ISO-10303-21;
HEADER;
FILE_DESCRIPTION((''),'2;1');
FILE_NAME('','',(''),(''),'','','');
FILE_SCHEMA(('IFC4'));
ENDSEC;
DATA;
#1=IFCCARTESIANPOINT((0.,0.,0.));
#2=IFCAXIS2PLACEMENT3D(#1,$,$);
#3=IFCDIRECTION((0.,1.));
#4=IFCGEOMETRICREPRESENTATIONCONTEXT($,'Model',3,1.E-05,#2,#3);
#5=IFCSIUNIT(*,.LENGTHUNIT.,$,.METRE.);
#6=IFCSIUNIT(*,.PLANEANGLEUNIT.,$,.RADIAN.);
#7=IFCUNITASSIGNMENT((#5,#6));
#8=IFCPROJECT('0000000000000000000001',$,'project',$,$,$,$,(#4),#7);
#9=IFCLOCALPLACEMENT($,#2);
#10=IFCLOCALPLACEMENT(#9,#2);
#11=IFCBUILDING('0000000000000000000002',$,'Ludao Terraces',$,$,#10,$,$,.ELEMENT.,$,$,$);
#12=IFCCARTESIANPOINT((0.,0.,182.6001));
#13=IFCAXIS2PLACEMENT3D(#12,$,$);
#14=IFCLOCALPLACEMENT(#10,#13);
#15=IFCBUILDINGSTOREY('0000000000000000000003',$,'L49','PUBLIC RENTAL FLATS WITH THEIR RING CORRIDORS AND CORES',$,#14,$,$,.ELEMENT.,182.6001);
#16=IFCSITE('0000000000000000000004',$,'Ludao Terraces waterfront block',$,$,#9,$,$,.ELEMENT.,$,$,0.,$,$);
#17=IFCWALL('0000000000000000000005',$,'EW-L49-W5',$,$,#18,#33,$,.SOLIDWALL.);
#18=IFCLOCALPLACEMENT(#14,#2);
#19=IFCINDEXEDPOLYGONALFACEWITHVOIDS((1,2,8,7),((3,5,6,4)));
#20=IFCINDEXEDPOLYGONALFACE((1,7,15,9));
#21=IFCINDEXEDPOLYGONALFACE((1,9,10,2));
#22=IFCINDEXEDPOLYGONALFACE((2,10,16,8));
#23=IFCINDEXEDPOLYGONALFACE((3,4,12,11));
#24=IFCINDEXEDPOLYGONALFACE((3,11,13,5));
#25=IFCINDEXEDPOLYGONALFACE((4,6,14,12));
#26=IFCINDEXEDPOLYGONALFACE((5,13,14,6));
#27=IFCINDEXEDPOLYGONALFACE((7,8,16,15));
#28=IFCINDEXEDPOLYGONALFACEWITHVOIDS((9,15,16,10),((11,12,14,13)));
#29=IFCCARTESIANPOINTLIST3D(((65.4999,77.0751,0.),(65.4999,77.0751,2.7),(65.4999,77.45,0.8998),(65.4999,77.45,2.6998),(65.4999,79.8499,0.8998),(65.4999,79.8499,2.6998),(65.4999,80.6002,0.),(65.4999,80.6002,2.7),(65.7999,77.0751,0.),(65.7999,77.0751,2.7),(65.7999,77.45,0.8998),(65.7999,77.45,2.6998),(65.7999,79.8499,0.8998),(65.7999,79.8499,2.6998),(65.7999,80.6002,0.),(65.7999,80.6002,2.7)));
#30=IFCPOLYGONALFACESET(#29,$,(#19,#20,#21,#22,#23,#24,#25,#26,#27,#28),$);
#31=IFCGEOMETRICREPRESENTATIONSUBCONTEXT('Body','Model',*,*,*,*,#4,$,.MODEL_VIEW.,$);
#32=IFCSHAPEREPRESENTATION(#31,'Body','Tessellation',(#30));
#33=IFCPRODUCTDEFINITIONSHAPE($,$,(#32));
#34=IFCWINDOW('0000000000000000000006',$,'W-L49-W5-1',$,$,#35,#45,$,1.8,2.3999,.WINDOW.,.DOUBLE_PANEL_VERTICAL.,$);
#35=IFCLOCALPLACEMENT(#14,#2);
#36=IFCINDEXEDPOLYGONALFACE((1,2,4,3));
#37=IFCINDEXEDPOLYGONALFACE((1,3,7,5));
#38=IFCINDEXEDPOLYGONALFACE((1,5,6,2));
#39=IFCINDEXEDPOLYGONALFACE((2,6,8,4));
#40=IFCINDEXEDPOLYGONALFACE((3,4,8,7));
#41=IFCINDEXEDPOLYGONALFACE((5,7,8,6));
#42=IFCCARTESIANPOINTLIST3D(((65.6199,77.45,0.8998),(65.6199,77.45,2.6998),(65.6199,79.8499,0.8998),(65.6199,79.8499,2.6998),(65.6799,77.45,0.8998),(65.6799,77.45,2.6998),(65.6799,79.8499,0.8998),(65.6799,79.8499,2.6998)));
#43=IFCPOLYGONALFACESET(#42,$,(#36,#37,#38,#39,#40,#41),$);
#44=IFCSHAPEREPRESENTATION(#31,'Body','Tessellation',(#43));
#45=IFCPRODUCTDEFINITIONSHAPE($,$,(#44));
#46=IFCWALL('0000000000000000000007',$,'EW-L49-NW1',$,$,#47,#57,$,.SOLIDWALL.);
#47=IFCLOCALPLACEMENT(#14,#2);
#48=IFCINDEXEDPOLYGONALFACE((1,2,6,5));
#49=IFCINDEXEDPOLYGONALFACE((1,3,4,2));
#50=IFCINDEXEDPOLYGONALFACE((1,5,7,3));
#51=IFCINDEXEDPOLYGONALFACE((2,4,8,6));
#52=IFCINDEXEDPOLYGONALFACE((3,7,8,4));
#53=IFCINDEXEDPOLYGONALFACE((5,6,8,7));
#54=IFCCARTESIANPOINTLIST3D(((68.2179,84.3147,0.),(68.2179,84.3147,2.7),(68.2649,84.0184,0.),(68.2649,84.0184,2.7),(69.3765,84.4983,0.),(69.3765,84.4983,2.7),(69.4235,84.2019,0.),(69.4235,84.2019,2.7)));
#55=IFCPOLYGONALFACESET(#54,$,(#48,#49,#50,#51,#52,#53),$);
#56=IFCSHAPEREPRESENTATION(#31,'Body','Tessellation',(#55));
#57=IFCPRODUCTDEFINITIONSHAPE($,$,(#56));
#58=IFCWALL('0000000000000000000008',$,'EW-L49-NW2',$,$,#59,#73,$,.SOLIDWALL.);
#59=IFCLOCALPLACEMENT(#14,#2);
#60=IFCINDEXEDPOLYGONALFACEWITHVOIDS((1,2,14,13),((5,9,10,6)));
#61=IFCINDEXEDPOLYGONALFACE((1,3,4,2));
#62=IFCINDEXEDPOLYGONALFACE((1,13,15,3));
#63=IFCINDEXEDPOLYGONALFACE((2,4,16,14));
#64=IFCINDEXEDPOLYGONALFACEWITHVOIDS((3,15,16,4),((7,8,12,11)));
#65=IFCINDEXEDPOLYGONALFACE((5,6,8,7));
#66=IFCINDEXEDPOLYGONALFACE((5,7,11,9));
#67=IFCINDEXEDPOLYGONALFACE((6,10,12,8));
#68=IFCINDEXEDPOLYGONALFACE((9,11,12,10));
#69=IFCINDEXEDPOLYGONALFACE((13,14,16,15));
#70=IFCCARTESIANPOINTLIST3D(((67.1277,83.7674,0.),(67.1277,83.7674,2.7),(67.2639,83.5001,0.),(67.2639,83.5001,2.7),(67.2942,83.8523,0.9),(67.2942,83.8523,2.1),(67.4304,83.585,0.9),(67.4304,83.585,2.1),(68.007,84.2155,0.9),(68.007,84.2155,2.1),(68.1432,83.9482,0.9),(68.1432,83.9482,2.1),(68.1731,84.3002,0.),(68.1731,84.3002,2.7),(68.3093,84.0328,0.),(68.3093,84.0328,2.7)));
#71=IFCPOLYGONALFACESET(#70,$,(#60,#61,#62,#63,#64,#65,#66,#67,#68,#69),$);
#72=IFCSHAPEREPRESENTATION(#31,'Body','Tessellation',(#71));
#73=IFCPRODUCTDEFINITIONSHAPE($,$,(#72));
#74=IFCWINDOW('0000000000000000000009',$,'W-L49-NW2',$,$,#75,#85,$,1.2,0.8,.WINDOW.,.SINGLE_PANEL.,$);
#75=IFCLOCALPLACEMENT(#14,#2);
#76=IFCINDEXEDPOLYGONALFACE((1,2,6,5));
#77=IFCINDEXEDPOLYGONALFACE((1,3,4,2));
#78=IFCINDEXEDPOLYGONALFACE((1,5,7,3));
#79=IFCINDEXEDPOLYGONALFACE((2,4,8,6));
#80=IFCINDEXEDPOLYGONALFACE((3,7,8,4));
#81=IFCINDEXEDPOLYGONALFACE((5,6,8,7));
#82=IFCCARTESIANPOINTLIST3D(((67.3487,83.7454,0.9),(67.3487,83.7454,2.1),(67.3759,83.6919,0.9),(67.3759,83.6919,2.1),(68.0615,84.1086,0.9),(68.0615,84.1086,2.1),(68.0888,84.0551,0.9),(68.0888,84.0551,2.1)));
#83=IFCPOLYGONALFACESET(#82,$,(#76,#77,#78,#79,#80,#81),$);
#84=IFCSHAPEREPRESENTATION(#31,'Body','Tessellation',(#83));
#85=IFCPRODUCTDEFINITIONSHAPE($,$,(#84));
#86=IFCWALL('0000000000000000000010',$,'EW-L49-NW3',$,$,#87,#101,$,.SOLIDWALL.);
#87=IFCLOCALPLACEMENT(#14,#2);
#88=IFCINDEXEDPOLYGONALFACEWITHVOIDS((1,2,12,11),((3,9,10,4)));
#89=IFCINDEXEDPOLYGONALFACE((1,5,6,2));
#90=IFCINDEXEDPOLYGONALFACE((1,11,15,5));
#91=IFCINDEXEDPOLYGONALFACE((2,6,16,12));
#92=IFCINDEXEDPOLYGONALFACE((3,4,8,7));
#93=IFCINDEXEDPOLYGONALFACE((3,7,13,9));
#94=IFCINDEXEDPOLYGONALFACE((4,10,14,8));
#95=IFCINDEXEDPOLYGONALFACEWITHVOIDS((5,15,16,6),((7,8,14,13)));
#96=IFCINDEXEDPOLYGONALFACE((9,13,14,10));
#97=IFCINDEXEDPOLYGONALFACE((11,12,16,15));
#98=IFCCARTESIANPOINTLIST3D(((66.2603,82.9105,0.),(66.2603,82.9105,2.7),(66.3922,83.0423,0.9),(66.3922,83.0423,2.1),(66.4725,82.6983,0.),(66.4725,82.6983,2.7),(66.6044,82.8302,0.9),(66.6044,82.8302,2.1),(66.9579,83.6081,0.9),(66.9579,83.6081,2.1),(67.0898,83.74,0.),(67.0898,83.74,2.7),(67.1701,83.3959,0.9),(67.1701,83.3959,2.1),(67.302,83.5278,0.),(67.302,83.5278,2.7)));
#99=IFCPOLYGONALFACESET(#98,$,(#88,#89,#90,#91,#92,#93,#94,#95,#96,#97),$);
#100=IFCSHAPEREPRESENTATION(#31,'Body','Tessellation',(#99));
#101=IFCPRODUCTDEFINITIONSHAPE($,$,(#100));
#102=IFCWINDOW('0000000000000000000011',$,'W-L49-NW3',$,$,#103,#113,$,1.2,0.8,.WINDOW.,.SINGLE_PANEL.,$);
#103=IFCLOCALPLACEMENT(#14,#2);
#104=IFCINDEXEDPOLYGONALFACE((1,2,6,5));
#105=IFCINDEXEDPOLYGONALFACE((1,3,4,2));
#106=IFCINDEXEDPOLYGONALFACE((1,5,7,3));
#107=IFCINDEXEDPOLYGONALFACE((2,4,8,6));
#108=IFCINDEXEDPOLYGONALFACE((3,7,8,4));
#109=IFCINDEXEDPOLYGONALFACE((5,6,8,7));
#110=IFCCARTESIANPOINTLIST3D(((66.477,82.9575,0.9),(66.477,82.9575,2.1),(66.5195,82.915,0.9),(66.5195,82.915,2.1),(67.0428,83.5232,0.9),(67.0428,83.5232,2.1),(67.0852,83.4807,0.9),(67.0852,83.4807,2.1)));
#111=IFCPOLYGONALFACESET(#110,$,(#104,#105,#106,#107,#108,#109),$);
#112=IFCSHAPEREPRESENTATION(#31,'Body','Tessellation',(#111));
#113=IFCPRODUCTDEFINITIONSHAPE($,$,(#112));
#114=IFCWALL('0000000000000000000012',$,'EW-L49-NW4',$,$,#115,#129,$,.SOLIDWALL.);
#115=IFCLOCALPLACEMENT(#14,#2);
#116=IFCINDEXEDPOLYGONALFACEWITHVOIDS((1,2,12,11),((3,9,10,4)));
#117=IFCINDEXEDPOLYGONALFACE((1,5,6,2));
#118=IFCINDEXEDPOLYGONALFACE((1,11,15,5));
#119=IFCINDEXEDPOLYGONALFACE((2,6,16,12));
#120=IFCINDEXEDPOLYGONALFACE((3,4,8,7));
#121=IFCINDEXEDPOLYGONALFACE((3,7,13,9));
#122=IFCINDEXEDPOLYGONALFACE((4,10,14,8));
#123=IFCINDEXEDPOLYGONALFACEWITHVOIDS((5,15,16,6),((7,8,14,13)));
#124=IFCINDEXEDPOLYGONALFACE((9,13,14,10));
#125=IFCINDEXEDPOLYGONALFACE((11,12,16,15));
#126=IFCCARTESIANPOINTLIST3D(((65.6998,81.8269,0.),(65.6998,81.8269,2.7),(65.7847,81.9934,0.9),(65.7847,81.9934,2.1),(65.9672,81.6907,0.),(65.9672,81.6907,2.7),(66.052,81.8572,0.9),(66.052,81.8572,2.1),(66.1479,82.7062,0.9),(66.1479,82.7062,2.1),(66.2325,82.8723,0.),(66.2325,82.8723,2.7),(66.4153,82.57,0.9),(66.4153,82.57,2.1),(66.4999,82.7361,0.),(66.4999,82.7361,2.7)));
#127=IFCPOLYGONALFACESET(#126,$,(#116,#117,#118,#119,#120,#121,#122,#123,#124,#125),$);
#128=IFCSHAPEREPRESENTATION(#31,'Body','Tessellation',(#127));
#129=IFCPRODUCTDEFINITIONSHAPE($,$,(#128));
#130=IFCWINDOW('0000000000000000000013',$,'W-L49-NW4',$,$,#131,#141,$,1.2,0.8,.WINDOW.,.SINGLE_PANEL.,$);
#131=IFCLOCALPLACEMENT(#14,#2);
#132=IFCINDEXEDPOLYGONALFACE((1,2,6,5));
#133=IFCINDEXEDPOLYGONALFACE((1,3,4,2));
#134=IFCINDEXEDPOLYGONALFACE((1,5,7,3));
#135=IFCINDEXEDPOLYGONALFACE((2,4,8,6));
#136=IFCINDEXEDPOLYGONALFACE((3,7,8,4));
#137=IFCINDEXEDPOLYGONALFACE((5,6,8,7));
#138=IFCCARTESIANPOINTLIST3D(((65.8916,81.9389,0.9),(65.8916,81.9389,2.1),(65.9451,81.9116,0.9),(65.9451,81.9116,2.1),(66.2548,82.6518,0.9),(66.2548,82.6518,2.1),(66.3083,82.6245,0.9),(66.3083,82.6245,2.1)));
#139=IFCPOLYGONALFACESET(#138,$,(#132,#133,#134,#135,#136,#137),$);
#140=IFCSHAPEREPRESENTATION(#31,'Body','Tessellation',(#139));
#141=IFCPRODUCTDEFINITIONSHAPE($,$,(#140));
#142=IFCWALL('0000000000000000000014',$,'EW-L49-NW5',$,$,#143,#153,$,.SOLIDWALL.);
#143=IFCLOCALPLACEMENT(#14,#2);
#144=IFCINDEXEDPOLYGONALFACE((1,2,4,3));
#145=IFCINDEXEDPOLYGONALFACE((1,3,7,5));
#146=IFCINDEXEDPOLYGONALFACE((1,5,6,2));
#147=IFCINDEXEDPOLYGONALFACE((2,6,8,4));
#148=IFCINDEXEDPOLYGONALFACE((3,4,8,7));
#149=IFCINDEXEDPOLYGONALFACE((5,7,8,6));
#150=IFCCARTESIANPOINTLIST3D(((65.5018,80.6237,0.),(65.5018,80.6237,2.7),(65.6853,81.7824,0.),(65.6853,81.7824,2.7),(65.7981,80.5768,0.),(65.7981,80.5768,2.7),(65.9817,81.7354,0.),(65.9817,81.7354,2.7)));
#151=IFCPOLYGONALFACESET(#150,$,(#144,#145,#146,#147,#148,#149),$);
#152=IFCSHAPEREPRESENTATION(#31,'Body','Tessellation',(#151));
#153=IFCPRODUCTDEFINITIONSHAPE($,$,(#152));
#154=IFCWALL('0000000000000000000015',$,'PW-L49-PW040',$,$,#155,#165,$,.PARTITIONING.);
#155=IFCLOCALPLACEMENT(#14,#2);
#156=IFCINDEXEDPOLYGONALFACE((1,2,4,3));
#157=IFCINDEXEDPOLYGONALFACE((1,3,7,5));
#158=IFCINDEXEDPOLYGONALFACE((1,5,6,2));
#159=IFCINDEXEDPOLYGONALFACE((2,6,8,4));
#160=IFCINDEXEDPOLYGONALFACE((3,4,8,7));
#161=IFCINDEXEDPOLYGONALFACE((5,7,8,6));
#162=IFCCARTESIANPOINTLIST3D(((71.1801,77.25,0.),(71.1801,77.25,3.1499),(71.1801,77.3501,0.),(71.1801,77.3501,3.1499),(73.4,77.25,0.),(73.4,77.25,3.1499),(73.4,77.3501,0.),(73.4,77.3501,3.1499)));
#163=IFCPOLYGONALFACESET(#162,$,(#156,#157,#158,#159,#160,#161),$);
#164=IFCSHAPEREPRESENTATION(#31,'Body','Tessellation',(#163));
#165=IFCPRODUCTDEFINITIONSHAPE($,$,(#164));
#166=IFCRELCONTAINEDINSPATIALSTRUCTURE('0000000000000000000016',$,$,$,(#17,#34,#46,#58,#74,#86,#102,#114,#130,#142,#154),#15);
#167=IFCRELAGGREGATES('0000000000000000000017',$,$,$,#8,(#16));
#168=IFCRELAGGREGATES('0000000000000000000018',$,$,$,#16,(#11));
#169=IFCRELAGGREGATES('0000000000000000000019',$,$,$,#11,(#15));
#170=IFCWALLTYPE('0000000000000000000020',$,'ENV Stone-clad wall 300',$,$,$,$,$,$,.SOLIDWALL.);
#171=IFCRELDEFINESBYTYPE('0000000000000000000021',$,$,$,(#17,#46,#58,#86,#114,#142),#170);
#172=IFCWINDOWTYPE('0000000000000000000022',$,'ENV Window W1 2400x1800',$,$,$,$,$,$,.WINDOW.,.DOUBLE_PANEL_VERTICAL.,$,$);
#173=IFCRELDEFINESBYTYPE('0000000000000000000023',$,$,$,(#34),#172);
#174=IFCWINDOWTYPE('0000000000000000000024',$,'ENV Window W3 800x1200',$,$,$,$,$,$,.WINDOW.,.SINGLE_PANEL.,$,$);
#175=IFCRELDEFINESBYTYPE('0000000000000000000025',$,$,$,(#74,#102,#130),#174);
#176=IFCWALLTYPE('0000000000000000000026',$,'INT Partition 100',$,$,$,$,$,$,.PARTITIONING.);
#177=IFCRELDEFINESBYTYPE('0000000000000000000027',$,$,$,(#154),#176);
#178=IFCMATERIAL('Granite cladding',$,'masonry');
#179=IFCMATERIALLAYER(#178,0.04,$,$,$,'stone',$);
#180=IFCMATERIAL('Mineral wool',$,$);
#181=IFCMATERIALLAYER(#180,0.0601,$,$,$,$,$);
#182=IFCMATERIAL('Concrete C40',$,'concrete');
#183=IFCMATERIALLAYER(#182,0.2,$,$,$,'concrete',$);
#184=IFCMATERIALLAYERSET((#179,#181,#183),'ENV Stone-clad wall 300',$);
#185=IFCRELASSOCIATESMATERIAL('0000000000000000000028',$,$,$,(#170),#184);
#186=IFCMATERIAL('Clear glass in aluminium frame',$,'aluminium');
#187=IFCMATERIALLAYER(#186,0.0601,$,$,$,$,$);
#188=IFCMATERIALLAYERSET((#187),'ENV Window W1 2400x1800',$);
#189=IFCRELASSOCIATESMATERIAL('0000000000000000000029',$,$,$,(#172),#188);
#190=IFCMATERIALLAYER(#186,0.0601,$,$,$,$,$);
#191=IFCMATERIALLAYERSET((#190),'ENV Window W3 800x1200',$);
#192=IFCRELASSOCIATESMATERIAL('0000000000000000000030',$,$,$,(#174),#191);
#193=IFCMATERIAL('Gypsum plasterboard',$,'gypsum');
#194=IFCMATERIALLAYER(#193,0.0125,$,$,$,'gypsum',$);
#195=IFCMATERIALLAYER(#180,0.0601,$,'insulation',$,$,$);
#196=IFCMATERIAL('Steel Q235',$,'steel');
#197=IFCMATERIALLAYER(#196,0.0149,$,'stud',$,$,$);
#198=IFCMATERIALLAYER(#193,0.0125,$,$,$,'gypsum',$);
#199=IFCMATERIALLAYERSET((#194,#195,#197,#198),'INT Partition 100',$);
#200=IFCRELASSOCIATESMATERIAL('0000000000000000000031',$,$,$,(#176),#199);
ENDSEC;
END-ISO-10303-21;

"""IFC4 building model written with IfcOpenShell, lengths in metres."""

from ifc_helpers import new_model, si_unit, direction, frame, frame_2d, origin, place, context, subcontext, project, spatial, rectangle, extrude, material, layer, layer_set, type_object, element, fill, save


model = new_model("IFC4")

# Units and contexts
model_context = context("Model", 3, precision=1e-05, world=origin(), true_north=direction((0.0, 1.0)))
body_context = subcontext(model_context, "Body", "Model", "MODEL_VIEW")
ifc_project = project(units=[si_unit("LENGTHUNIT", "METRE"), si_unit("PLANEANGLEUNIT", "RADIAN")], contexts=[model_context])

# Site, building, storey
site_placement = place(None, origin())
site = spatial("IfcSite", under=ifc_project, at=site_placement, Name="Ludao Terraces waterfront block", CompositionType="ELEMENT", RefElevation=0.0)
building_placement = place(site_placement, origin())
building = spatial("IfcBuilding", under=site, at=building_placement, Name="Ludao Terraces", CompositionType="ELEMENT")
storey_placement = place(building_placement, frame((0.0, 0.0, 182.6001)))
storey = spatial("IfcBuildingStorey", under=building, at=storey_placement, Name="L49", Description="PUBLIC RENTAL FLATS WITH THEIR RING CORRIDORS AND CORES", CompositionType="ELEMENT", Elevation=182.6001)

# Shared definitions
ifc_material_1 = material(Name="Concrete C40", Category="concrete")

# Shared definitions
ifc_material_2 = material(Name="Steel Q235", Category="steel")

# Shared definitions
ifc_material_3 = material(Name="Granite cladding", Category="masonry")
ifc_layer_1 = layer(ifc_material_3, 0.04, Category="stone")
ifc_material_4 = material(Name="Mineral wool")
ifc_layer_2 = layer(ifc_material_4, 0.0601)
ifc_layer_3 = layer(ifc_material_1, 0.2, Category="concrete")
ifc_layer_set_1 = layer_set([ifc_layer_1, ifc_layer_2, ifc_layer_3], Name="ENV Stone-clad wall 300")
wall_type_1 = type_object("IfcWallType", Name="ENV Stone-clad wall 300", PredefinedType="SOLIDWALL", material=ifc_layer_set_1)
ifc_material_5 = material(Name="Clear glass in aluminium frame", Category="aluminium")
ifc_layer_4 = layer(ifc_material_5, 0.0601)
ifc_layer_set_2 = layer_set([ifc_layer_4], Name="ENV Window W1 2400x1800")
window_type_1 = type_object("IfcWindowType", Name="ENV Window W1 2400x1800", PartitioningType="DOUBLE_PANEL_VERTICAL", PredefinedType="WINDOW", material=ifc_layer_set_2)

# Wall, opening, window
wall_1_placement = place(storey_placement, frame((65.6499, 77.075, 0.0), z_axis=(0.0, 0.0, 1.0), x_axis=(0.0, 1.0, 0.0)))
wall_1 = element("IfcWall", 1, at=wall_1_placement, inside=storey, type_object=wall_type_1, Name="EW-L49-W5", PredefinedType="SOLIDWALL", context=body_context, shape_type="SweptSolid", body=[
    extrude(rectangle(XDim=3.5251, YDim=0.3, at=frame_2d((1.7627, 0.0))), origin(), (0.0, 0.0, 1.0), 2.7),
])
opening_1_placement = place(wall_1_placement, frame((0.375, 0.0, 0.8999)))
opening_1 = element("IfcOpeningElement", 2, at=opening_1_placement, cuts=wall_1, PredefinedType="OPENING", context=body_context, shape_type="SweptSolid", body=[
    extrude(rectangle(XDim=2.3999, YDim=1.8, at=frame_2d((1.2, 0.8999))), frame((0.0, 0.1602, 0.0), z_axis=(0.0, -1.0, 0.0), x_axis=(1.0, 0.0, 0.0)), (0.0, 0.0, 1.0), 0.3201),
])
window_1_placement = place(opening_1_placement, origin())
window_1 = element("IfcWindow", 3, at=window_1_placement, inside=storey, type_object=window_type_1, Name="W-L49-W5-1", OverallHeight=1.8, OverallWidth=2.3999, PartitioningType="DOUBLE_PANEL_VERTICAL", PredefinedType="WINDOW", context=body_context, shape_type="SweptSolid", body=[
    extrude(rectangle(XDim=2.3999, YDim=1.8, at=frame_2d((1.2, 0.8999))), frame((0.0, 0.03, 0.0), z_axis=(0.0, -1.0, 0.0), x_axis=(1.0, 0.0, 0.0)), (0.0, 0.0, 1.0), 0.0601),
])
fill(opening_1, window_1)

# Wall
wall_2_placement = place(storey_placement, frame((69.3999, 84.3501, 0.0), z_axis=(0.0, 0.0, 1.0), x_axis=(-0.987678, -0.156497, 0.0)))
element("IfcWall", 4, at=wall_2_placement, inside=storey, type_object=wall_type_1, Name="EW-L49-NW1", PredefinedType="SOLIDWALL", context=body_context, shape_type="SweptSolid", body=[
    extrude(rectangle(XDim=1.1731, YDim=0.3, at=frame_2d((0.5864, 0.0))), origin(), (0.0, 0.0, 1.0), 2.7),
])

# Walls, openings, windows
wall_3_placement = place(storey_placement, frame((68.2412, 84.1665, 0.0), z_axis=(0.0, 0.0, 1.0), x_axis=(-0.890989, -0.454026, 0.0)))
wall_3 = element("IfcWall", 5, at=wall_3_placement, inside=storey, type_object=wall_type_1, Name="EW-L49-NW2", PredefinedType="SOLIDWALL", context=body_context, shape_type="SweptSolid", body=[
    extrude(rectangle(XDim=1.1733, YDim=0.3, at=frame_2d((0.5867, 0.0))), origin(), (0.0, 0.0, 1.0), 2.7),
])
opening_2_placement = place(wall_3_placement, frame((0.1865, 0.0, 0.8999)))
opening_2 = element("IfcOpeningElement", 6, at=opening_2_placement, cuts=wall_3, PredefinedType="OPENING", context=body_context, shape_type="SweptSolid", body=[
    extrude(rectangle(XDim=0.8, YDim=1.2, at=frame_2d((0.3999, 0.6001))), frame((0.0, 0.1602, 0.0), z_axis=(0.0, -1.0, 0.0), x_axis=(1.0, 0.0, 0.0)), (0.0, 0.0, 1.0), 0.3201),
])
ifc_layer_5 = layer(ifc_material_5, 0.0601)
ifc_layer_set_3 = layer_set([ifc_layer_5], Name="ENV Window W3 800x1200")
window_type_2 = type_object("IfcWindowType", Name="ENV Window W3 800x1200", PartitioningType="SINGLE_PANEL", PredefinedType="WINDOW", material=ifc_layer_set_3)
window_2_placement = place(opening_2_placement, origin())
window_2 = element("IfcWindow", 7, at=window_2_placement, inside=storey, type_object=window_type_2, Name="W-L49-NW2", OverallHeight=1.2, OverallWidth=0.8, PartitioningType="SINGLE_PANEL", PredefinedType="WINDOW", context=body_context, shape_type="SweptSolid", body=[
    extrude(rectangle(XDim=0.8, YDim=1.2, at=frame_2d((0.3999, 0.6001))), frame((0.0, 0.03, 0.0), z_axis=(0.0, -1.0, 0.0), x_axis=(1.0, 0.0, 0.0)), (0.0, 0.0, 1.0), 0.0601),
])
fill(opening_2, window_2)
wall_4_placement = place(storey_placement, frame((67.1958, 83.6338, 0.0), z_axis=(0.0, 0.0, 1.0), x_axis=(-0.707107, -0.707107, 0.0)))
wall_4 = element("IfcWall", 8, at=wall_4_placement, inside=storey, type_object=wall_type_1, Name="EW-L49-NW3", PredefinedType="SOLIDWALL", context=body_context, shape_type="SweptSolid", body=[
    extrude(rectangle(XDim=1.1731, YDim=0.3, at=frame_2d((0.5864, 0.0))), origin(), (0.0, 0.0, 1.0), 2.7),
])
opening_3_placement = place(wall_4_placement, frame((0.1865, 0.0, 0.8999)))
opening_3 = element("IfcOpeningElement", 9, at=opening_3_placement, cuts=wall_4, PredefinedType="OPENING", context=body_context, shape_type="SweptSolid", body=[
    extrude(rectangle(XDim=0.8, YDim=1.2, at=frame_2d((0.3999, 0.6001))), frame((0.0, 0.1602, 0.0), z_axis=(0.0, -1.0, 0.0), x_axis=(1.0, 0.0, 0.0)), (0.0, 0.0, 1.0), 0.3201),
])
window_3_placement = place(opening_3_placement, origin())
window_3 = element("IfcWindow", 10, at=window_3_placement, inside=storey, type_object=window_type_2, Name="W-L49-NW3", OverallHeight=1.2, OverallWidth=0.8, PartitioningType="SINGLE_PANEL", PredefinedType="WINDOW", context=body_context, shape_type="SweptSolid", body=[
    extrude(rectangle(XDim=0.8, YDim=1.2, at=frame_2d((0.3999, 0.6001))), frame((0.0, 0.03, 0.0), z_axis=(0.0, -1.0, 0.0), x_axis=(1.0, 0.0, 0.0)), (0.0, 0.0, 1.0), 0.0601),
])
fill(opening_3, window_3)
wall_5_placement = place(storey_placement, frame((66.3662, 82.8042, 0.0), z_axis=(0.0, 0.0, 1.0), x_axis=(-0.454026, -0.890989, 0.0)))
wall_5 = element("IfcWall", 11, at=wall_5_placement, inside=storey, type_object=wall_type_1, Name="EW-L49-NW4", PredefinedType="SOLIDWALL", context=body_context, shape_type="SweptSolid", body=[
    extrude(rectangle(XDim=1.1733, YDim=0.3, at=frame_2d((0.5867, 0.0))), origin(), (0.0, 0.0, 1.0), 2.7),
])
opening_4_placement = place(wall_5_placement, frame((0.1865, 0.0, 0.8999)))
opening_4 = element("IfcOpeningElement", 12, at=opening_4_placement, cuts=wall_5, PredefinedType="OPENING", context=body_context, shape_type="SweptSolid", body=[
    extrude(rectangle(XDim=0.8, YDim=1.2, at=frame_2d((0.3999, 0.6001))), frame((0.0, 0.1602, 0.0), z_axis=(0.0, -1.0, 0.0), x_axis=(1.0, 0.0, 0.0)), (0.0, 0.0, 1.0), 0.3201),
])
window_4_placement = place(opening_4_placement, origin())
window_4 = element("IfcWindow", 13, at=window_4_placement, inside=storey, type_object=window_type_2, Name="W-L49-NW4", OverallHeight=1.2, OverallWidth=0.8, PartitioningType="SINGLE_PANEL", PredefinedType="WINDOW", context=body_context, shape_type="SweptSolid", body=[
    extrude(rectangle(XDim=0.8, YDim=1.2, at=frame_2d((0.3999, 0.6001))), frame((0.0, 0.03, 0.0), z_axis=(0.0, -1.0, 0.0), x_axis=(1.0, 0.0, 0.0)), (0.0, 0.0, 1.0), 0.0601),
])
fill(opening_4, window_4)

# Walls
wall_6_placement = place(storey_placement, frame((65.8335, 81.7588, 0.0), z_axis=(0.0, 0.0, 1.0), x_axis=(-0.156497, -0.987678, 0.0)))
element("IfcWall", 14, at=wall_6_placement, inside=storey, type_object=wall_type_1, Name="EW-L49-NW5", PredefinedType="SOLIDWALL", context=body_context, shape_type="SweptSolid", body=[
    extrude(rectangle(XDim=1.1731, YDim=0.3, at=frame_2d((0.5864, 0.0))), origin(), (0.0, 0.0, 1.0), 2.7),
])
ifc_material_6 = material(Name="Gypsum plasterboard", Category="gypsum")
ifc_layer_6 = layer(ifc_material_6, 0.0125, Category="gypsum")
ifc_layer_7 = layer(ifc_material_4, 0.0601, Name="insulation")
ifc_layer_8 = layer(ifc_material_2, 0.0149, Name="stud")
ifc_layer_9 = layer(ifc_material_6, 0.0125, Category="gypsum")
ifc_layer_set_4 = layer_set([ifc_layer_6, ifc_layer_7, ifc_layer_8, ifc_layer_9], Name="INT Partition 100")
wall_type_2 = type_object("IfcWallType", Name="INT Partition 100", PredefinedType="PARTITIONING", material=ifc_layer_set_4)
for number, where, z_axis, x_axis, name in (
    (15, (71.1802, 77.3, 0.0), (0.0, 0.0, 1.0), (1.0, 0.0, 0.0), "PW-L49-PW040"),
):
    element("IfcWall", number, at=place(storey_placement, frame(where, z_axis=z_axis, x_axis=x_axis)), inside=storey, type_object=wall_type_2, Name=name, PredefinedType="PARTITIONING", context=body_context, shape_type="SweptSolid", body=[
        extrude(rectangle(XDim=2.22, YDim=0.1001, at=frame_2d((1.1099, 0.0))), origin(), (0.0, 0.0, 1.0), 3.1499),
    ])

save(model, "model.ifc")
